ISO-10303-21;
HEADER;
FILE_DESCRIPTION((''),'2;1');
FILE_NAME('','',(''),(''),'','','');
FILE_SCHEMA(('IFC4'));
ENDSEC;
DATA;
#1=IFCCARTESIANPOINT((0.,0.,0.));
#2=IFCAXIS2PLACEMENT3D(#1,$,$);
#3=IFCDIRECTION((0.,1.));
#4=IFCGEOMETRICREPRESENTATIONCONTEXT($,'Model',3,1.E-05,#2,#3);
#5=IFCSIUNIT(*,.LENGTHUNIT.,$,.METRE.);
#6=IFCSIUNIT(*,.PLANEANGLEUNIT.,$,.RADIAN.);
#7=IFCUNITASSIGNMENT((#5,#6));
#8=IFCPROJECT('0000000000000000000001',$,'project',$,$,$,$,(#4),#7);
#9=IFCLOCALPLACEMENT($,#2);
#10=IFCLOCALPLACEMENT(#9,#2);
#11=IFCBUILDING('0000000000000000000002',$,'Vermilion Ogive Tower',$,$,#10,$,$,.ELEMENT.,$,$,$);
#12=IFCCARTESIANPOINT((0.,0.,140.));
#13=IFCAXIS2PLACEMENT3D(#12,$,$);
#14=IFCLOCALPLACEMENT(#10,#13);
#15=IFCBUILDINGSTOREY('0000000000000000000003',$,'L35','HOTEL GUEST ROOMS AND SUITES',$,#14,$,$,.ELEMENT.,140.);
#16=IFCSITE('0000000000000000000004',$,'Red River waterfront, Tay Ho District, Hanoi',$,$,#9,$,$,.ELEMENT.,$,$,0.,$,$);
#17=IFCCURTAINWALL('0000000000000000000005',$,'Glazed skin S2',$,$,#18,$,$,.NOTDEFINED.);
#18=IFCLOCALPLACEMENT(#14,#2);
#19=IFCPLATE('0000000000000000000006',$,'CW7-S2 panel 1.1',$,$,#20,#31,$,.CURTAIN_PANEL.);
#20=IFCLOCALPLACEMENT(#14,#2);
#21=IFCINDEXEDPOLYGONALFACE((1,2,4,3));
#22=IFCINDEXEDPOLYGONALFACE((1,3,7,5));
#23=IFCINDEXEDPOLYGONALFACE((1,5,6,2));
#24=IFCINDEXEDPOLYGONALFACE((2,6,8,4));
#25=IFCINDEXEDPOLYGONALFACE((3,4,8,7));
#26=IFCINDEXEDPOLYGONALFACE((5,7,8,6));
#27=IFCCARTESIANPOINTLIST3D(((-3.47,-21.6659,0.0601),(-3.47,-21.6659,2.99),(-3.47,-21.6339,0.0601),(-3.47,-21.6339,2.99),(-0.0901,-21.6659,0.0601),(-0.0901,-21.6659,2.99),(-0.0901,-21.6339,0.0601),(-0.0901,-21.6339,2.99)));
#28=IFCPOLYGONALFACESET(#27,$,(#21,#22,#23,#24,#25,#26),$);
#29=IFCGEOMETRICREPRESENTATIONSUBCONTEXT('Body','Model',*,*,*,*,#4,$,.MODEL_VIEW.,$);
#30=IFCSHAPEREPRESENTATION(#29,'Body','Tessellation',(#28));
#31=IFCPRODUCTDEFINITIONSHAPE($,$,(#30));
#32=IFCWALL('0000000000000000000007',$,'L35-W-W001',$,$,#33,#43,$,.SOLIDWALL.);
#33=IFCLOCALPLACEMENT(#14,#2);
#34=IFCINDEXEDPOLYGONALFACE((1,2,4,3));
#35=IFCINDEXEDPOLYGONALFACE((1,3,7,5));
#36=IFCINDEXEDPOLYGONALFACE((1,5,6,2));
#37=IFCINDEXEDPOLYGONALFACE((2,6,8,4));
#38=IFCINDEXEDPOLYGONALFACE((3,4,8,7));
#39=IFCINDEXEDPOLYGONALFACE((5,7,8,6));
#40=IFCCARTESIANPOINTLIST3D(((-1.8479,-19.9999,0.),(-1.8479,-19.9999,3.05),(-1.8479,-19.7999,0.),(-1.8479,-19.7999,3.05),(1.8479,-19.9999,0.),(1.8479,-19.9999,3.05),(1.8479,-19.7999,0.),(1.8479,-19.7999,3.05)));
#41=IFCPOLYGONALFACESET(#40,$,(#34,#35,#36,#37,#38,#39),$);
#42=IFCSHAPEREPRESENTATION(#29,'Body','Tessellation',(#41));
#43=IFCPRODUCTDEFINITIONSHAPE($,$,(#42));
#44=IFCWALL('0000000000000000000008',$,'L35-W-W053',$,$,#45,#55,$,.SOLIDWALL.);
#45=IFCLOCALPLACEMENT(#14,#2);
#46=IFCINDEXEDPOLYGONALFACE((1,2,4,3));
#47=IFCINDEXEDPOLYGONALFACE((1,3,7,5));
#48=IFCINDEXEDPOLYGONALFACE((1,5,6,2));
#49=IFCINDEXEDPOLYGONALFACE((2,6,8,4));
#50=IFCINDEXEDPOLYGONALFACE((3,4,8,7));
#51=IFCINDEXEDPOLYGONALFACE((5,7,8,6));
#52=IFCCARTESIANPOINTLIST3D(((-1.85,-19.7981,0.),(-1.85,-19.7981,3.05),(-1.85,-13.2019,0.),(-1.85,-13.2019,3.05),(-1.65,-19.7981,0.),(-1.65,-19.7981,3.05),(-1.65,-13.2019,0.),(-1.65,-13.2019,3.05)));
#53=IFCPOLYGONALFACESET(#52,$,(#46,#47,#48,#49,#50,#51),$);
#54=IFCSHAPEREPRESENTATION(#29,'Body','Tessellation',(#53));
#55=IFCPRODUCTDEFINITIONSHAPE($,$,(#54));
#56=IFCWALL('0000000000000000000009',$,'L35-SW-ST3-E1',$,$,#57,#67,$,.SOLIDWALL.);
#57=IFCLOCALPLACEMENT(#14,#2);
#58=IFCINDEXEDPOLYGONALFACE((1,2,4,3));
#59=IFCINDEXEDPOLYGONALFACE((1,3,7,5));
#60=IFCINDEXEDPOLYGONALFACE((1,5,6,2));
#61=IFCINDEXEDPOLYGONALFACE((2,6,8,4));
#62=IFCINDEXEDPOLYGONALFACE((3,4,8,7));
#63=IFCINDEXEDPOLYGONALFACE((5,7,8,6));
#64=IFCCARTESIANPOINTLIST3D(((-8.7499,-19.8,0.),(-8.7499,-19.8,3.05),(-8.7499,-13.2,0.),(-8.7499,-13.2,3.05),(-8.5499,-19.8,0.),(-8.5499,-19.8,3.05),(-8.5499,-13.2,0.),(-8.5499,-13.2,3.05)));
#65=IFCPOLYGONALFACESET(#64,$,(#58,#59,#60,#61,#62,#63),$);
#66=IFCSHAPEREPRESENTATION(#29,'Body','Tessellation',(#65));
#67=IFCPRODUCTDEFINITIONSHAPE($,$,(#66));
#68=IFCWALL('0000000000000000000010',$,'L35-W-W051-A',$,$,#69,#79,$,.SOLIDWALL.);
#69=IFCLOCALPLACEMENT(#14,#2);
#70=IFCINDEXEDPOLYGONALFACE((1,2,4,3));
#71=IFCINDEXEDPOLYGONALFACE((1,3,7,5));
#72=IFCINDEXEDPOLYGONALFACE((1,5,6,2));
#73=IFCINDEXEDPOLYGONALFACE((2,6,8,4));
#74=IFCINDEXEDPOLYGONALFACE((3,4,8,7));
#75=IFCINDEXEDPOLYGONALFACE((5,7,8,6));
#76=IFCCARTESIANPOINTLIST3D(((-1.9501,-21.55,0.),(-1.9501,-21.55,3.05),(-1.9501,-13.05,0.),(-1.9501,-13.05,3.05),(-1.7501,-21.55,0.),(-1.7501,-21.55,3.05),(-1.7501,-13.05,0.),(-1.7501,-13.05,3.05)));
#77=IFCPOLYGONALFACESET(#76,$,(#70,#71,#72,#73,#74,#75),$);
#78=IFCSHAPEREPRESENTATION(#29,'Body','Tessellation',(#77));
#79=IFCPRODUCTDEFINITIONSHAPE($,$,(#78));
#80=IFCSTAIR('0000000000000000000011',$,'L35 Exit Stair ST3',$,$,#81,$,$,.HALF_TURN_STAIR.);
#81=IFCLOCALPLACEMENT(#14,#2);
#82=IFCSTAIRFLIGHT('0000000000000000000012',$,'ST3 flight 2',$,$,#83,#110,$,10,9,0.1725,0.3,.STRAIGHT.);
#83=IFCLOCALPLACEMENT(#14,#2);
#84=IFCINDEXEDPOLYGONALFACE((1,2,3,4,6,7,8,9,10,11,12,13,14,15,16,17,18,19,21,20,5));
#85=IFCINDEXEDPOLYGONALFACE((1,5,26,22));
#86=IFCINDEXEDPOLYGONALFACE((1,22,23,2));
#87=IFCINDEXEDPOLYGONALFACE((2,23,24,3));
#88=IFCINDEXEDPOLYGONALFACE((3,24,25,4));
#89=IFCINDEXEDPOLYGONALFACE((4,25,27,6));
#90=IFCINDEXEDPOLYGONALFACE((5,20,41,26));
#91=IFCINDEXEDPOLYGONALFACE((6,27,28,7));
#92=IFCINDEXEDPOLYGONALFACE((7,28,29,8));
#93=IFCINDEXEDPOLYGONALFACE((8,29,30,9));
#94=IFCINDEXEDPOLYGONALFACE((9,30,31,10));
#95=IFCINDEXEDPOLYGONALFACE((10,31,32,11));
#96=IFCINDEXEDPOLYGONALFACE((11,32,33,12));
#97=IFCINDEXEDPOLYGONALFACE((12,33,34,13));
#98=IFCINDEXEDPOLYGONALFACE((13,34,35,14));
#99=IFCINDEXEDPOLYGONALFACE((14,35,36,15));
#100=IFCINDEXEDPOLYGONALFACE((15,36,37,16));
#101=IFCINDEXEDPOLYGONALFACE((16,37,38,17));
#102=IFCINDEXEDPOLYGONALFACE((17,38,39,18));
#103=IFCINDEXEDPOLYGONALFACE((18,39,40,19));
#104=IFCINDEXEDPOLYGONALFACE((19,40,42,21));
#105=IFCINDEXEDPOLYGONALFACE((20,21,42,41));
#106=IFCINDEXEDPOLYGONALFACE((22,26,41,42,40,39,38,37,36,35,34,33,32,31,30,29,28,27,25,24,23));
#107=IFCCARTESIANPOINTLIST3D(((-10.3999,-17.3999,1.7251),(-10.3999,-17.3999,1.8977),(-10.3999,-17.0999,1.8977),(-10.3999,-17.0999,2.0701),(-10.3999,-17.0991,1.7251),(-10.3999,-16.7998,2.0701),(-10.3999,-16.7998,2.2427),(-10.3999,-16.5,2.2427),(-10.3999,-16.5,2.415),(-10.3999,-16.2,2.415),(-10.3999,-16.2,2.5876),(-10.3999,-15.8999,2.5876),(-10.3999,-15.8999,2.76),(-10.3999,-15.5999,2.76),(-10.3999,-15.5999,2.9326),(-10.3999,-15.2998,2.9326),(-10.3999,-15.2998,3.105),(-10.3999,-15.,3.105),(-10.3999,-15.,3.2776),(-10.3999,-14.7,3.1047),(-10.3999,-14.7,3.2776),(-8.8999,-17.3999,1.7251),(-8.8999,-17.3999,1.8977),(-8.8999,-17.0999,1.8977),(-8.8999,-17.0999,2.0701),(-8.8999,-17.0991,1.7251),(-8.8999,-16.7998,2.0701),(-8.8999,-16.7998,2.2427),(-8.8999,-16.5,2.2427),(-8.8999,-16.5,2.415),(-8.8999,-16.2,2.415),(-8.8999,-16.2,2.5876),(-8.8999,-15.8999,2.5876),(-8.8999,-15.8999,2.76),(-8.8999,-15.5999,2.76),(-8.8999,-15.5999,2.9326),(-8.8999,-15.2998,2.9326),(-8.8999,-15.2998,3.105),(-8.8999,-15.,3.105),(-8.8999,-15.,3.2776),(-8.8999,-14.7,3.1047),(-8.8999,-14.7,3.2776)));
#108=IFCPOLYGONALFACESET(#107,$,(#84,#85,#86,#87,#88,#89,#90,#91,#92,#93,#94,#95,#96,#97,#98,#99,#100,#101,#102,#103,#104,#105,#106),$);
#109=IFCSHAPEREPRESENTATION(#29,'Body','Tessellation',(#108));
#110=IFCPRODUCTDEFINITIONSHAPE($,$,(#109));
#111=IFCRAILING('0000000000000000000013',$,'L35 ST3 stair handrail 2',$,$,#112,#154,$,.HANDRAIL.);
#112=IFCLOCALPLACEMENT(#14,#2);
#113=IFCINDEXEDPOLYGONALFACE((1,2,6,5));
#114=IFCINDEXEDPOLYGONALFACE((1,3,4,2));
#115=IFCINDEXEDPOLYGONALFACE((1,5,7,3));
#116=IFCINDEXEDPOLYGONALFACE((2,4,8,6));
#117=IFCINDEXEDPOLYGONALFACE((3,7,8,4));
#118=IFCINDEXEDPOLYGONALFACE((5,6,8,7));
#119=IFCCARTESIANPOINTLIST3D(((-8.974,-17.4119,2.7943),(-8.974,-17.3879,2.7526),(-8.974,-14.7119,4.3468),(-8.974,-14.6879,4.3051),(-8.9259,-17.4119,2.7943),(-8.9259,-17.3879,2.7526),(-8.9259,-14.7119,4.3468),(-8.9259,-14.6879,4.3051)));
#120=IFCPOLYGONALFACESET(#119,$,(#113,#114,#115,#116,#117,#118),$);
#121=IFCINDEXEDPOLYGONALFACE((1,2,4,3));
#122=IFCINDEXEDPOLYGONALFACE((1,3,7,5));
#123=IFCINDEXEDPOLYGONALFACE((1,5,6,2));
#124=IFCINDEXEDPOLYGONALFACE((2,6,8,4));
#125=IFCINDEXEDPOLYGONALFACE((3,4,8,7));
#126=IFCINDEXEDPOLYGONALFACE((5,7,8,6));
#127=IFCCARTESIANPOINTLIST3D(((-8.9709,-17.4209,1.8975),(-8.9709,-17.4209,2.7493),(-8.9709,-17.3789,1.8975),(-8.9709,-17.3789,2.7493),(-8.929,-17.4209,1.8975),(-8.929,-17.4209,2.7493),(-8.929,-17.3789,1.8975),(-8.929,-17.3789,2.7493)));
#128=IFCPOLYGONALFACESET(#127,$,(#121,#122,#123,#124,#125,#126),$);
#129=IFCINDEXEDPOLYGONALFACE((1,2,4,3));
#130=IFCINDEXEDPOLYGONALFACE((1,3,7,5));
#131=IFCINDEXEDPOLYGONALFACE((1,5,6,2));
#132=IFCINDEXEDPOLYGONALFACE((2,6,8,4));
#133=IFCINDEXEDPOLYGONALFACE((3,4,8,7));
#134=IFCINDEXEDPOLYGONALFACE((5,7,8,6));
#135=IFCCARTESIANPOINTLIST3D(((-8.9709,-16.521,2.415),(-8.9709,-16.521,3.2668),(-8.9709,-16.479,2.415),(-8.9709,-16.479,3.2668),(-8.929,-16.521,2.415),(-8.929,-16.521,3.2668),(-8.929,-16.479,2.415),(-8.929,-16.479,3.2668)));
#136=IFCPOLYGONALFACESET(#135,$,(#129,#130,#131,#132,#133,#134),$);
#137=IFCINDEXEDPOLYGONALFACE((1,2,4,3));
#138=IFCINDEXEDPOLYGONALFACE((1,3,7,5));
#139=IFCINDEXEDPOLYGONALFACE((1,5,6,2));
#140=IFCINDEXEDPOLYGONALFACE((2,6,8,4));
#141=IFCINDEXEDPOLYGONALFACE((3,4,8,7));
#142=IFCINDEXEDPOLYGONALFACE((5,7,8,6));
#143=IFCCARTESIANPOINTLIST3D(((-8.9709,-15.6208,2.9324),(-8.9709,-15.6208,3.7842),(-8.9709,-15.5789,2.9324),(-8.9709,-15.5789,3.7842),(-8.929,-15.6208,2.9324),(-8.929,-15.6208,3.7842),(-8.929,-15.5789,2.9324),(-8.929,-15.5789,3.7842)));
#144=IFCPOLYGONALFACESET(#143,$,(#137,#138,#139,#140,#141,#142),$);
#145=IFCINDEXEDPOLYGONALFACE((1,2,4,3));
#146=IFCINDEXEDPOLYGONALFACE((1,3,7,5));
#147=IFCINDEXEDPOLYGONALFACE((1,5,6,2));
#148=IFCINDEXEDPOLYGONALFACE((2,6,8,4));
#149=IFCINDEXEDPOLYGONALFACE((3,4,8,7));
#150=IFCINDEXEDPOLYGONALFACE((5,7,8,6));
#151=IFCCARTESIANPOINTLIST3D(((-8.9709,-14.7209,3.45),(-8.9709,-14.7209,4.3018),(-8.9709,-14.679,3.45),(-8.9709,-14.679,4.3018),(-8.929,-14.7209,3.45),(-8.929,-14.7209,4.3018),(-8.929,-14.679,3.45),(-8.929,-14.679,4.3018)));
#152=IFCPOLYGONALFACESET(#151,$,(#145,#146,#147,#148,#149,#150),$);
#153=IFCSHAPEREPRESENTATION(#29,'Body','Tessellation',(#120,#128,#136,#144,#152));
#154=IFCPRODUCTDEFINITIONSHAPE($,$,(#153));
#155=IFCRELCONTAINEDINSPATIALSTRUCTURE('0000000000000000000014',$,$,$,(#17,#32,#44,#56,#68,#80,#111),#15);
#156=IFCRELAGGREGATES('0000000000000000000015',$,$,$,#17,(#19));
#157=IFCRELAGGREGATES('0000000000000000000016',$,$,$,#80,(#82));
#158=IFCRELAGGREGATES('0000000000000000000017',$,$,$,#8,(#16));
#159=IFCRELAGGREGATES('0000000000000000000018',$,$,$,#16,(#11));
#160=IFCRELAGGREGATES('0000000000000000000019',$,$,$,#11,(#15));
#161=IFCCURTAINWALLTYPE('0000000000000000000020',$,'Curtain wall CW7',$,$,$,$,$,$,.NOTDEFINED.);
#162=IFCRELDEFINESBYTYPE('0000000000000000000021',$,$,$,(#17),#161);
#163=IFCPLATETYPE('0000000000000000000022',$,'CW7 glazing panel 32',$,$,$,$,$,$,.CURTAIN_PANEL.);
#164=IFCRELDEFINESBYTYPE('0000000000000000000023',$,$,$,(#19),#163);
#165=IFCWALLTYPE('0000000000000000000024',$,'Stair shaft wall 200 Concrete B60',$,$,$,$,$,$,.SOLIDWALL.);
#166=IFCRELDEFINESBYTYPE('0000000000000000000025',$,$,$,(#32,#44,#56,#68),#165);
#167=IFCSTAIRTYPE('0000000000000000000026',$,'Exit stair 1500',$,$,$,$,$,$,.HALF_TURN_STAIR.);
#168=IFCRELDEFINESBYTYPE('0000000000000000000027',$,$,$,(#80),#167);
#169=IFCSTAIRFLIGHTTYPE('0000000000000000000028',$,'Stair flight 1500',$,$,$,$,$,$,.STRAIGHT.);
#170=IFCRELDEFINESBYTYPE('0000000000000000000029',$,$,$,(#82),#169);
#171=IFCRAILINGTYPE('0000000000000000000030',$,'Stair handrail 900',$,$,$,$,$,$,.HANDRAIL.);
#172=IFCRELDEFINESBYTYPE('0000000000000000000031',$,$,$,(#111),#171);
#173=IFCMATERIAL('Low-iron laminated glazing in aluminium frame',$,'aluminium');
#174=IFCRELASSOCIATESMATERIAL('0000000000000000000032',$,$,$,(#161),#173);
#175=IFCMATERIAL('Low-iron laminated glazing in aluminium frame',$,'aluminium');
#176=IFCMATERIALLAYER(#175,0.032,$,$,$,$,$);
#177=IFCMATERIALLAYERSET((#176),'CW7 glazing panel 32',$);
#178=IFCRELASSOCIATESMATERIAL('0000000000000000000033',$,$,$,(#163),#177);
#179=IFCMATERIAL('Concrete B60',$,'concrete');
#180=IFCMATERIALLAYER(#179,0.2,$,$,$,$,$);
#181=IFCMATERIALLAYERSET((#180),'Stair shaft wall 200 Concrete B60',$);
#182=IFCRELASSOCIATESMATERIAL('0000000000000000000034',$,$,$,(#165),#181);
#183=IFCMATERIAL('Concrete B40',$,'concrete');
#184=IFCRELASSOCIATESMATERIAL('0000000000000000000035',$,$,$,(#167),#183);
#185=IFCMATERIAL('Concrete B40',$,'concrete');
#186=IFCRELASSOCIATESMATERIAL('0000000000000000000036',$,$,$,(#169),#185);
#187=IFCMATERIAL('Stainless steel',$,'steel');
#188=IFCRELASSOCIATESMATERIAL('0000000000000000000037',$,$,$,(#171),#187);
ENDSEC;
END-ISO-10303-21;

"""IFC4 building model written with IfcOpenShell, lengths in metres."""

from ifc_helpers import new_model, si_unit, direction, frame, frame_2d, origin, origin_2d, place, context, subcontext, project, spatial, polyline, rectangle, outline, extrude, material, layer, layer_set, type_object, element, aggregate, save


model = new_model("IFC4")

# Units and contexts
model_context = context("Model", 3, precision=1e-05, world=origin(), true_north=direction((0.0, 1.0)))
body_context = subcontext(model_context, "Body", "Model", "MODEL_VIEW")
ifc_project = project(units=[si_unit("LENGTHUNIT", "METRE"), si_unit("PLANEANGLEUNIT", "RADIAN")], contexts=[model_context])

# Site, building, storey
site_placement = place(None, origin())
site = spatial("IfcSite", under=ifc_project, at=site_placement, Name="Red River waterfront, Tay Ho District, Hanoi", CompositionType="ELEMENT", RefElevation=0.0)
building_placement = place(site_placement, origin())
building = spatial("IfcBuilding", under=site, at=building_placement, Name="Vermilion Ogive Tower", CompositionType="ELEMENT")
storey_placement = place(building_placement, frame((0.0, 0.0, 140.0)))
storey = spatial("IfcBuildingStorey", under=building, at=storey_placement, Name="L35", Description="HOTEL GUEST ROOMS AND SUITES", CompositionType="ELEMENT", Elevation=140.0)

# Curtain wall
ifc_material_1 = material(Name="Low-iron laminated glazing in aluminium frame", Category="aluminium")
curtain_wall_type = type_object("IfcCurtainWallType", Name="Curtain wall CW7", PredefinedType="NOTDEFINED", material=ifc_material_1)
curtain_wall_1_placement = place(storey_placement, origin())
curtain_wall_1 = element("IfcCurtainWall", 1, at=curtain_wall_1_placement, inside=storey, type_object=curtain_wall_type, Name="Glazed skin S2", PredefinedType="NOTDEFINED")

# Plate
ifc_material_2 = material(Name="Low-iron laminated glazing in aluminium frame", Category="aluminium")
ifc_layer_1 = layer(ifc_material_2, 0.032)
ifc_layer_set_1 = layer_set([ifc_layer_1], Name="CW7 glazing panel 32")
plate_type = type_object("IfcPlateType", Name="CW7 glazing panel 32", PredefinedType="CURTAIN_PANEL", material=ifc_layer_set_1)
plate_1_placement = place(storey_placement, frame((-1.78, -21.6499, 0.0601), z_axis=(0.0, 0.0, 1.0), x_axis=(1.0, 0.0, 0.0)))
plate_1 = element("IfcPlate", 2, at=plate_1_placement, type_object=plate_type, Name="CW7-S2 panel 1.1", PredefinedType="CURTAIN_PANEL", context=body_context, shape_type="SweptSolid", body=[
    extrude(rectangle(XDim=3.3799, YDim=0.032, at=origin_2d()), origin(), (0.0, 0.0, 1.0), 2.9299),
])
aggregate(curtain_wall_1, [plate_1])

# Walls
ifc_material_3 = material(Name="Concrete B60", Category="concrete")
ifc_layer_2 = layer(ifc_material_3, 0.2)
ifc_layer_set_2 = layer_set([ifc_layer_2], Name="Stair shaft wall 200 Concrete B60")
wall_type = type_object("IfcWallType", Name="Stair shaft wall 200 Concrete B60", PredefinedType="SOLIDWALL", material=ifc_layer_set_2)
wall_1_placement = place(storey_placement, frame((-1.8479, -19.8999, 0.0), z_axis=(0.0, 0.0, 1.0), x_axis=(1.0, 0.0, 0.0)))
element("IfcWall", 3, at=wall_1_placement, inside=storey, type_object=wall_type, Name="L35-W-W001", PredefinedType="SOLIDWALL", context=body_context, shape_type="SweptSolid", body=[
    extrude(rectangle(XDim=3.6958, YDim=0.2, at=frame_2d((1.8479, 0.0))), origin(), (0.0, 0.0, 1.0), 3.05),
])
wall_2_placement = place(storey_placement, frame((-1.75, -19.7981, 0.0), z_axis=(0.0, 0.0, 1.0), x_axis=(0.0, 1.0, 0.0)))
element("IfcWall", 4, at=wall_2_placement, inside=storey, type_object=wall_type, Name="L35-W-W053", PredefinedType="SOLIDWALL", context=body_context, shape_type="SweptSolid", body=[
    extrude(rectangle(XDim=6.5962, YDim=0.2, at=frame_2d((3.2981, 0.0))), origin(), (0.0, 0.0, 1.0), 3.05),
])
wall_3_placement = place(storey_placement, frame((-8.6499, -19.8, 0.0), z_axis=(0.0, 0.0, 1.0), x_axis=(0.0, 1.0, 0.0)))
element("IfcWall", 5, at=wall_3_placement, inside=storey, type_object=wall_type, Name="L35-SW-ST3-E1", PredefinedType="SOLIDWALL", context=body_context, shape_type="SweptSolid", body=[
    extrude(rectangle(XDim=6.6001, YDim=0.2, at=frame_2d((3.3, 0.0))), origin(), (0.0, 0.0, 1.0), 3.05),
])
wall_4_placement = place(storey_placement, frame((-1.8501, -21.55, 0.0), z_axis=(0.0, 0.0, 1.0), x_axis=(0.0, 1.0, 0.0)))
element("IfcWall", 6, at=wall_4_placement, inside=storey, type_object=wall_type, Name="L35-W-W051-A", PredefinedType="SOLIDWALL", context=body_context, shape_type="SweptSolid", body=[
    extrude(rectangle(XDim=8.5, YDim=0.2, at=frame_2d((4.25, 0.0))), origin(), (0.0, 0.0, 1.0), 3.05),
])

# Stair, stair flight
ifc_material_4 = material(Name="Concrete B40", Category="concrete")
stair_type = type_object("IfcStairType", Name="Exit stair 1500", PredefinedType="HALF_TURN_STAIR", material=ifc_material_4)
stair_placement = place(storey_placement, origin())
stair = element("IfcStair", 7, at=stair_placement, inside=storey, type_object=stair_type, Name="L35 Exit Stair ST3", PredefinedType="HALF_TURN_STAIR")
ifc_material_5 = material(Name="Concrete B40", Category="concrete")
stair_flight_type = type_object("IfcStairFlightType", Name="Stair flight 1500", PredefinedType="STRAIGHT", material=ifc_material_5)
stair_flight_placement = place(storey_placement, frame((-9.6499, -17.3999, 1.7251), z_axis=(0.0, 0.0, 1.0), x_axis=(0.0, 1.0, 0.0)))
stair_flight = element("IfcStairFlight", 8, at=stair_flight_placement, type_object=stair_flight_type, Name="ST3 flight 2", NumberOfRisers=10, NumberOfTreads=9, PredefinedType="STRAIGHT", RiserHeight=0.1725, TreadLength=0.3, context=body_context, shape_type="SweptSolid", body=[
    extrude(outline(polyline([(0.0, 0.0), (0.0, 0.1726), (0.3, 0.1726), (0.3, 0.345), (0.6001, 0.345), (0.6001, 0.5176), (0.8999, 0.5176), (0.8999, 0.6899), (1.2, 0.6899), (1.2, 0.8625), (1.5, 0.8625), (1.5, 1.0349), (1.8, 1.0349), (1.8, 1.2075), (2.1001, 1.2075), (2.1001, 1.3799), (2.3999, 1.3799), (2.3999, 1.5525), (2.7, 1.5525), (2.7, 1.7251), (2.7, 1.3796), (0.3008, 0.0), (0.0, 0.0)])), frame((0.0, 0.75, 0.0), z_axis=(0.0, -1.0, 0.0), x_axis=(1.0, 0.0, 0.0)), (0.0, 0.0, 1.0), 1.5),
])
aggregate(stair, [stair_flight])

# Railing
ifc_material_6 = material(Name="Stainless steel", Category="steel")
railing_type = type_object("IfcRailingType", Name="Stair handrail 900", PredefinedType="HANDRAIL", material=ifc_material_6)
railing_placement = place(storey_placement, frame((-8.95, -17.3999, 1.8975)))
element("IfcRailing", 9, at=railing_placement, inside=storey, type_object=railing_type, Name="L35 ST3 stair handrail 2", PredefinedType="HANDRAIL", context=body_context, shape_type="SweptSolid", body=[
    extrude(rectangle(XDim=0.0481, YDim=0.0481, at=origin_2d()), frame((0.0, 0.0, 0.876), z_axis=(0.0, 0.866904, 0.498476), x_axis=(-1.0, 0.0, 0.0)), (0.0, 0.0, 1.0), 3.1145),
    extrude(rectangle(XDim=0.042, YDim=0.042, at=origin_2d()), origin(), (0.0, 0.0, 1.0), 0.8518),
    extrude(rectangle(XDim=0.042, YDim=0.042, at=origin_2d()), frame((0.0, 0.8999, 0.5176)), (0.0, 0.0, 1.0), 0.8518),
    extrude(rectangle(XDim=0.042, YDim=0.042, at=origin_2d()), frame((0.0, 1.8, 1.0349)), (0.0, 0.0, 1.0), 0.8518),
    extrude(rectangle(XDim=0.042, YDim=0.042, at=origin_2d()), frame((0.0, 2.7, 1.5525)), (0.0, 0.0, 1.0), 0.8518),
])

save(model, "model.ifc")
